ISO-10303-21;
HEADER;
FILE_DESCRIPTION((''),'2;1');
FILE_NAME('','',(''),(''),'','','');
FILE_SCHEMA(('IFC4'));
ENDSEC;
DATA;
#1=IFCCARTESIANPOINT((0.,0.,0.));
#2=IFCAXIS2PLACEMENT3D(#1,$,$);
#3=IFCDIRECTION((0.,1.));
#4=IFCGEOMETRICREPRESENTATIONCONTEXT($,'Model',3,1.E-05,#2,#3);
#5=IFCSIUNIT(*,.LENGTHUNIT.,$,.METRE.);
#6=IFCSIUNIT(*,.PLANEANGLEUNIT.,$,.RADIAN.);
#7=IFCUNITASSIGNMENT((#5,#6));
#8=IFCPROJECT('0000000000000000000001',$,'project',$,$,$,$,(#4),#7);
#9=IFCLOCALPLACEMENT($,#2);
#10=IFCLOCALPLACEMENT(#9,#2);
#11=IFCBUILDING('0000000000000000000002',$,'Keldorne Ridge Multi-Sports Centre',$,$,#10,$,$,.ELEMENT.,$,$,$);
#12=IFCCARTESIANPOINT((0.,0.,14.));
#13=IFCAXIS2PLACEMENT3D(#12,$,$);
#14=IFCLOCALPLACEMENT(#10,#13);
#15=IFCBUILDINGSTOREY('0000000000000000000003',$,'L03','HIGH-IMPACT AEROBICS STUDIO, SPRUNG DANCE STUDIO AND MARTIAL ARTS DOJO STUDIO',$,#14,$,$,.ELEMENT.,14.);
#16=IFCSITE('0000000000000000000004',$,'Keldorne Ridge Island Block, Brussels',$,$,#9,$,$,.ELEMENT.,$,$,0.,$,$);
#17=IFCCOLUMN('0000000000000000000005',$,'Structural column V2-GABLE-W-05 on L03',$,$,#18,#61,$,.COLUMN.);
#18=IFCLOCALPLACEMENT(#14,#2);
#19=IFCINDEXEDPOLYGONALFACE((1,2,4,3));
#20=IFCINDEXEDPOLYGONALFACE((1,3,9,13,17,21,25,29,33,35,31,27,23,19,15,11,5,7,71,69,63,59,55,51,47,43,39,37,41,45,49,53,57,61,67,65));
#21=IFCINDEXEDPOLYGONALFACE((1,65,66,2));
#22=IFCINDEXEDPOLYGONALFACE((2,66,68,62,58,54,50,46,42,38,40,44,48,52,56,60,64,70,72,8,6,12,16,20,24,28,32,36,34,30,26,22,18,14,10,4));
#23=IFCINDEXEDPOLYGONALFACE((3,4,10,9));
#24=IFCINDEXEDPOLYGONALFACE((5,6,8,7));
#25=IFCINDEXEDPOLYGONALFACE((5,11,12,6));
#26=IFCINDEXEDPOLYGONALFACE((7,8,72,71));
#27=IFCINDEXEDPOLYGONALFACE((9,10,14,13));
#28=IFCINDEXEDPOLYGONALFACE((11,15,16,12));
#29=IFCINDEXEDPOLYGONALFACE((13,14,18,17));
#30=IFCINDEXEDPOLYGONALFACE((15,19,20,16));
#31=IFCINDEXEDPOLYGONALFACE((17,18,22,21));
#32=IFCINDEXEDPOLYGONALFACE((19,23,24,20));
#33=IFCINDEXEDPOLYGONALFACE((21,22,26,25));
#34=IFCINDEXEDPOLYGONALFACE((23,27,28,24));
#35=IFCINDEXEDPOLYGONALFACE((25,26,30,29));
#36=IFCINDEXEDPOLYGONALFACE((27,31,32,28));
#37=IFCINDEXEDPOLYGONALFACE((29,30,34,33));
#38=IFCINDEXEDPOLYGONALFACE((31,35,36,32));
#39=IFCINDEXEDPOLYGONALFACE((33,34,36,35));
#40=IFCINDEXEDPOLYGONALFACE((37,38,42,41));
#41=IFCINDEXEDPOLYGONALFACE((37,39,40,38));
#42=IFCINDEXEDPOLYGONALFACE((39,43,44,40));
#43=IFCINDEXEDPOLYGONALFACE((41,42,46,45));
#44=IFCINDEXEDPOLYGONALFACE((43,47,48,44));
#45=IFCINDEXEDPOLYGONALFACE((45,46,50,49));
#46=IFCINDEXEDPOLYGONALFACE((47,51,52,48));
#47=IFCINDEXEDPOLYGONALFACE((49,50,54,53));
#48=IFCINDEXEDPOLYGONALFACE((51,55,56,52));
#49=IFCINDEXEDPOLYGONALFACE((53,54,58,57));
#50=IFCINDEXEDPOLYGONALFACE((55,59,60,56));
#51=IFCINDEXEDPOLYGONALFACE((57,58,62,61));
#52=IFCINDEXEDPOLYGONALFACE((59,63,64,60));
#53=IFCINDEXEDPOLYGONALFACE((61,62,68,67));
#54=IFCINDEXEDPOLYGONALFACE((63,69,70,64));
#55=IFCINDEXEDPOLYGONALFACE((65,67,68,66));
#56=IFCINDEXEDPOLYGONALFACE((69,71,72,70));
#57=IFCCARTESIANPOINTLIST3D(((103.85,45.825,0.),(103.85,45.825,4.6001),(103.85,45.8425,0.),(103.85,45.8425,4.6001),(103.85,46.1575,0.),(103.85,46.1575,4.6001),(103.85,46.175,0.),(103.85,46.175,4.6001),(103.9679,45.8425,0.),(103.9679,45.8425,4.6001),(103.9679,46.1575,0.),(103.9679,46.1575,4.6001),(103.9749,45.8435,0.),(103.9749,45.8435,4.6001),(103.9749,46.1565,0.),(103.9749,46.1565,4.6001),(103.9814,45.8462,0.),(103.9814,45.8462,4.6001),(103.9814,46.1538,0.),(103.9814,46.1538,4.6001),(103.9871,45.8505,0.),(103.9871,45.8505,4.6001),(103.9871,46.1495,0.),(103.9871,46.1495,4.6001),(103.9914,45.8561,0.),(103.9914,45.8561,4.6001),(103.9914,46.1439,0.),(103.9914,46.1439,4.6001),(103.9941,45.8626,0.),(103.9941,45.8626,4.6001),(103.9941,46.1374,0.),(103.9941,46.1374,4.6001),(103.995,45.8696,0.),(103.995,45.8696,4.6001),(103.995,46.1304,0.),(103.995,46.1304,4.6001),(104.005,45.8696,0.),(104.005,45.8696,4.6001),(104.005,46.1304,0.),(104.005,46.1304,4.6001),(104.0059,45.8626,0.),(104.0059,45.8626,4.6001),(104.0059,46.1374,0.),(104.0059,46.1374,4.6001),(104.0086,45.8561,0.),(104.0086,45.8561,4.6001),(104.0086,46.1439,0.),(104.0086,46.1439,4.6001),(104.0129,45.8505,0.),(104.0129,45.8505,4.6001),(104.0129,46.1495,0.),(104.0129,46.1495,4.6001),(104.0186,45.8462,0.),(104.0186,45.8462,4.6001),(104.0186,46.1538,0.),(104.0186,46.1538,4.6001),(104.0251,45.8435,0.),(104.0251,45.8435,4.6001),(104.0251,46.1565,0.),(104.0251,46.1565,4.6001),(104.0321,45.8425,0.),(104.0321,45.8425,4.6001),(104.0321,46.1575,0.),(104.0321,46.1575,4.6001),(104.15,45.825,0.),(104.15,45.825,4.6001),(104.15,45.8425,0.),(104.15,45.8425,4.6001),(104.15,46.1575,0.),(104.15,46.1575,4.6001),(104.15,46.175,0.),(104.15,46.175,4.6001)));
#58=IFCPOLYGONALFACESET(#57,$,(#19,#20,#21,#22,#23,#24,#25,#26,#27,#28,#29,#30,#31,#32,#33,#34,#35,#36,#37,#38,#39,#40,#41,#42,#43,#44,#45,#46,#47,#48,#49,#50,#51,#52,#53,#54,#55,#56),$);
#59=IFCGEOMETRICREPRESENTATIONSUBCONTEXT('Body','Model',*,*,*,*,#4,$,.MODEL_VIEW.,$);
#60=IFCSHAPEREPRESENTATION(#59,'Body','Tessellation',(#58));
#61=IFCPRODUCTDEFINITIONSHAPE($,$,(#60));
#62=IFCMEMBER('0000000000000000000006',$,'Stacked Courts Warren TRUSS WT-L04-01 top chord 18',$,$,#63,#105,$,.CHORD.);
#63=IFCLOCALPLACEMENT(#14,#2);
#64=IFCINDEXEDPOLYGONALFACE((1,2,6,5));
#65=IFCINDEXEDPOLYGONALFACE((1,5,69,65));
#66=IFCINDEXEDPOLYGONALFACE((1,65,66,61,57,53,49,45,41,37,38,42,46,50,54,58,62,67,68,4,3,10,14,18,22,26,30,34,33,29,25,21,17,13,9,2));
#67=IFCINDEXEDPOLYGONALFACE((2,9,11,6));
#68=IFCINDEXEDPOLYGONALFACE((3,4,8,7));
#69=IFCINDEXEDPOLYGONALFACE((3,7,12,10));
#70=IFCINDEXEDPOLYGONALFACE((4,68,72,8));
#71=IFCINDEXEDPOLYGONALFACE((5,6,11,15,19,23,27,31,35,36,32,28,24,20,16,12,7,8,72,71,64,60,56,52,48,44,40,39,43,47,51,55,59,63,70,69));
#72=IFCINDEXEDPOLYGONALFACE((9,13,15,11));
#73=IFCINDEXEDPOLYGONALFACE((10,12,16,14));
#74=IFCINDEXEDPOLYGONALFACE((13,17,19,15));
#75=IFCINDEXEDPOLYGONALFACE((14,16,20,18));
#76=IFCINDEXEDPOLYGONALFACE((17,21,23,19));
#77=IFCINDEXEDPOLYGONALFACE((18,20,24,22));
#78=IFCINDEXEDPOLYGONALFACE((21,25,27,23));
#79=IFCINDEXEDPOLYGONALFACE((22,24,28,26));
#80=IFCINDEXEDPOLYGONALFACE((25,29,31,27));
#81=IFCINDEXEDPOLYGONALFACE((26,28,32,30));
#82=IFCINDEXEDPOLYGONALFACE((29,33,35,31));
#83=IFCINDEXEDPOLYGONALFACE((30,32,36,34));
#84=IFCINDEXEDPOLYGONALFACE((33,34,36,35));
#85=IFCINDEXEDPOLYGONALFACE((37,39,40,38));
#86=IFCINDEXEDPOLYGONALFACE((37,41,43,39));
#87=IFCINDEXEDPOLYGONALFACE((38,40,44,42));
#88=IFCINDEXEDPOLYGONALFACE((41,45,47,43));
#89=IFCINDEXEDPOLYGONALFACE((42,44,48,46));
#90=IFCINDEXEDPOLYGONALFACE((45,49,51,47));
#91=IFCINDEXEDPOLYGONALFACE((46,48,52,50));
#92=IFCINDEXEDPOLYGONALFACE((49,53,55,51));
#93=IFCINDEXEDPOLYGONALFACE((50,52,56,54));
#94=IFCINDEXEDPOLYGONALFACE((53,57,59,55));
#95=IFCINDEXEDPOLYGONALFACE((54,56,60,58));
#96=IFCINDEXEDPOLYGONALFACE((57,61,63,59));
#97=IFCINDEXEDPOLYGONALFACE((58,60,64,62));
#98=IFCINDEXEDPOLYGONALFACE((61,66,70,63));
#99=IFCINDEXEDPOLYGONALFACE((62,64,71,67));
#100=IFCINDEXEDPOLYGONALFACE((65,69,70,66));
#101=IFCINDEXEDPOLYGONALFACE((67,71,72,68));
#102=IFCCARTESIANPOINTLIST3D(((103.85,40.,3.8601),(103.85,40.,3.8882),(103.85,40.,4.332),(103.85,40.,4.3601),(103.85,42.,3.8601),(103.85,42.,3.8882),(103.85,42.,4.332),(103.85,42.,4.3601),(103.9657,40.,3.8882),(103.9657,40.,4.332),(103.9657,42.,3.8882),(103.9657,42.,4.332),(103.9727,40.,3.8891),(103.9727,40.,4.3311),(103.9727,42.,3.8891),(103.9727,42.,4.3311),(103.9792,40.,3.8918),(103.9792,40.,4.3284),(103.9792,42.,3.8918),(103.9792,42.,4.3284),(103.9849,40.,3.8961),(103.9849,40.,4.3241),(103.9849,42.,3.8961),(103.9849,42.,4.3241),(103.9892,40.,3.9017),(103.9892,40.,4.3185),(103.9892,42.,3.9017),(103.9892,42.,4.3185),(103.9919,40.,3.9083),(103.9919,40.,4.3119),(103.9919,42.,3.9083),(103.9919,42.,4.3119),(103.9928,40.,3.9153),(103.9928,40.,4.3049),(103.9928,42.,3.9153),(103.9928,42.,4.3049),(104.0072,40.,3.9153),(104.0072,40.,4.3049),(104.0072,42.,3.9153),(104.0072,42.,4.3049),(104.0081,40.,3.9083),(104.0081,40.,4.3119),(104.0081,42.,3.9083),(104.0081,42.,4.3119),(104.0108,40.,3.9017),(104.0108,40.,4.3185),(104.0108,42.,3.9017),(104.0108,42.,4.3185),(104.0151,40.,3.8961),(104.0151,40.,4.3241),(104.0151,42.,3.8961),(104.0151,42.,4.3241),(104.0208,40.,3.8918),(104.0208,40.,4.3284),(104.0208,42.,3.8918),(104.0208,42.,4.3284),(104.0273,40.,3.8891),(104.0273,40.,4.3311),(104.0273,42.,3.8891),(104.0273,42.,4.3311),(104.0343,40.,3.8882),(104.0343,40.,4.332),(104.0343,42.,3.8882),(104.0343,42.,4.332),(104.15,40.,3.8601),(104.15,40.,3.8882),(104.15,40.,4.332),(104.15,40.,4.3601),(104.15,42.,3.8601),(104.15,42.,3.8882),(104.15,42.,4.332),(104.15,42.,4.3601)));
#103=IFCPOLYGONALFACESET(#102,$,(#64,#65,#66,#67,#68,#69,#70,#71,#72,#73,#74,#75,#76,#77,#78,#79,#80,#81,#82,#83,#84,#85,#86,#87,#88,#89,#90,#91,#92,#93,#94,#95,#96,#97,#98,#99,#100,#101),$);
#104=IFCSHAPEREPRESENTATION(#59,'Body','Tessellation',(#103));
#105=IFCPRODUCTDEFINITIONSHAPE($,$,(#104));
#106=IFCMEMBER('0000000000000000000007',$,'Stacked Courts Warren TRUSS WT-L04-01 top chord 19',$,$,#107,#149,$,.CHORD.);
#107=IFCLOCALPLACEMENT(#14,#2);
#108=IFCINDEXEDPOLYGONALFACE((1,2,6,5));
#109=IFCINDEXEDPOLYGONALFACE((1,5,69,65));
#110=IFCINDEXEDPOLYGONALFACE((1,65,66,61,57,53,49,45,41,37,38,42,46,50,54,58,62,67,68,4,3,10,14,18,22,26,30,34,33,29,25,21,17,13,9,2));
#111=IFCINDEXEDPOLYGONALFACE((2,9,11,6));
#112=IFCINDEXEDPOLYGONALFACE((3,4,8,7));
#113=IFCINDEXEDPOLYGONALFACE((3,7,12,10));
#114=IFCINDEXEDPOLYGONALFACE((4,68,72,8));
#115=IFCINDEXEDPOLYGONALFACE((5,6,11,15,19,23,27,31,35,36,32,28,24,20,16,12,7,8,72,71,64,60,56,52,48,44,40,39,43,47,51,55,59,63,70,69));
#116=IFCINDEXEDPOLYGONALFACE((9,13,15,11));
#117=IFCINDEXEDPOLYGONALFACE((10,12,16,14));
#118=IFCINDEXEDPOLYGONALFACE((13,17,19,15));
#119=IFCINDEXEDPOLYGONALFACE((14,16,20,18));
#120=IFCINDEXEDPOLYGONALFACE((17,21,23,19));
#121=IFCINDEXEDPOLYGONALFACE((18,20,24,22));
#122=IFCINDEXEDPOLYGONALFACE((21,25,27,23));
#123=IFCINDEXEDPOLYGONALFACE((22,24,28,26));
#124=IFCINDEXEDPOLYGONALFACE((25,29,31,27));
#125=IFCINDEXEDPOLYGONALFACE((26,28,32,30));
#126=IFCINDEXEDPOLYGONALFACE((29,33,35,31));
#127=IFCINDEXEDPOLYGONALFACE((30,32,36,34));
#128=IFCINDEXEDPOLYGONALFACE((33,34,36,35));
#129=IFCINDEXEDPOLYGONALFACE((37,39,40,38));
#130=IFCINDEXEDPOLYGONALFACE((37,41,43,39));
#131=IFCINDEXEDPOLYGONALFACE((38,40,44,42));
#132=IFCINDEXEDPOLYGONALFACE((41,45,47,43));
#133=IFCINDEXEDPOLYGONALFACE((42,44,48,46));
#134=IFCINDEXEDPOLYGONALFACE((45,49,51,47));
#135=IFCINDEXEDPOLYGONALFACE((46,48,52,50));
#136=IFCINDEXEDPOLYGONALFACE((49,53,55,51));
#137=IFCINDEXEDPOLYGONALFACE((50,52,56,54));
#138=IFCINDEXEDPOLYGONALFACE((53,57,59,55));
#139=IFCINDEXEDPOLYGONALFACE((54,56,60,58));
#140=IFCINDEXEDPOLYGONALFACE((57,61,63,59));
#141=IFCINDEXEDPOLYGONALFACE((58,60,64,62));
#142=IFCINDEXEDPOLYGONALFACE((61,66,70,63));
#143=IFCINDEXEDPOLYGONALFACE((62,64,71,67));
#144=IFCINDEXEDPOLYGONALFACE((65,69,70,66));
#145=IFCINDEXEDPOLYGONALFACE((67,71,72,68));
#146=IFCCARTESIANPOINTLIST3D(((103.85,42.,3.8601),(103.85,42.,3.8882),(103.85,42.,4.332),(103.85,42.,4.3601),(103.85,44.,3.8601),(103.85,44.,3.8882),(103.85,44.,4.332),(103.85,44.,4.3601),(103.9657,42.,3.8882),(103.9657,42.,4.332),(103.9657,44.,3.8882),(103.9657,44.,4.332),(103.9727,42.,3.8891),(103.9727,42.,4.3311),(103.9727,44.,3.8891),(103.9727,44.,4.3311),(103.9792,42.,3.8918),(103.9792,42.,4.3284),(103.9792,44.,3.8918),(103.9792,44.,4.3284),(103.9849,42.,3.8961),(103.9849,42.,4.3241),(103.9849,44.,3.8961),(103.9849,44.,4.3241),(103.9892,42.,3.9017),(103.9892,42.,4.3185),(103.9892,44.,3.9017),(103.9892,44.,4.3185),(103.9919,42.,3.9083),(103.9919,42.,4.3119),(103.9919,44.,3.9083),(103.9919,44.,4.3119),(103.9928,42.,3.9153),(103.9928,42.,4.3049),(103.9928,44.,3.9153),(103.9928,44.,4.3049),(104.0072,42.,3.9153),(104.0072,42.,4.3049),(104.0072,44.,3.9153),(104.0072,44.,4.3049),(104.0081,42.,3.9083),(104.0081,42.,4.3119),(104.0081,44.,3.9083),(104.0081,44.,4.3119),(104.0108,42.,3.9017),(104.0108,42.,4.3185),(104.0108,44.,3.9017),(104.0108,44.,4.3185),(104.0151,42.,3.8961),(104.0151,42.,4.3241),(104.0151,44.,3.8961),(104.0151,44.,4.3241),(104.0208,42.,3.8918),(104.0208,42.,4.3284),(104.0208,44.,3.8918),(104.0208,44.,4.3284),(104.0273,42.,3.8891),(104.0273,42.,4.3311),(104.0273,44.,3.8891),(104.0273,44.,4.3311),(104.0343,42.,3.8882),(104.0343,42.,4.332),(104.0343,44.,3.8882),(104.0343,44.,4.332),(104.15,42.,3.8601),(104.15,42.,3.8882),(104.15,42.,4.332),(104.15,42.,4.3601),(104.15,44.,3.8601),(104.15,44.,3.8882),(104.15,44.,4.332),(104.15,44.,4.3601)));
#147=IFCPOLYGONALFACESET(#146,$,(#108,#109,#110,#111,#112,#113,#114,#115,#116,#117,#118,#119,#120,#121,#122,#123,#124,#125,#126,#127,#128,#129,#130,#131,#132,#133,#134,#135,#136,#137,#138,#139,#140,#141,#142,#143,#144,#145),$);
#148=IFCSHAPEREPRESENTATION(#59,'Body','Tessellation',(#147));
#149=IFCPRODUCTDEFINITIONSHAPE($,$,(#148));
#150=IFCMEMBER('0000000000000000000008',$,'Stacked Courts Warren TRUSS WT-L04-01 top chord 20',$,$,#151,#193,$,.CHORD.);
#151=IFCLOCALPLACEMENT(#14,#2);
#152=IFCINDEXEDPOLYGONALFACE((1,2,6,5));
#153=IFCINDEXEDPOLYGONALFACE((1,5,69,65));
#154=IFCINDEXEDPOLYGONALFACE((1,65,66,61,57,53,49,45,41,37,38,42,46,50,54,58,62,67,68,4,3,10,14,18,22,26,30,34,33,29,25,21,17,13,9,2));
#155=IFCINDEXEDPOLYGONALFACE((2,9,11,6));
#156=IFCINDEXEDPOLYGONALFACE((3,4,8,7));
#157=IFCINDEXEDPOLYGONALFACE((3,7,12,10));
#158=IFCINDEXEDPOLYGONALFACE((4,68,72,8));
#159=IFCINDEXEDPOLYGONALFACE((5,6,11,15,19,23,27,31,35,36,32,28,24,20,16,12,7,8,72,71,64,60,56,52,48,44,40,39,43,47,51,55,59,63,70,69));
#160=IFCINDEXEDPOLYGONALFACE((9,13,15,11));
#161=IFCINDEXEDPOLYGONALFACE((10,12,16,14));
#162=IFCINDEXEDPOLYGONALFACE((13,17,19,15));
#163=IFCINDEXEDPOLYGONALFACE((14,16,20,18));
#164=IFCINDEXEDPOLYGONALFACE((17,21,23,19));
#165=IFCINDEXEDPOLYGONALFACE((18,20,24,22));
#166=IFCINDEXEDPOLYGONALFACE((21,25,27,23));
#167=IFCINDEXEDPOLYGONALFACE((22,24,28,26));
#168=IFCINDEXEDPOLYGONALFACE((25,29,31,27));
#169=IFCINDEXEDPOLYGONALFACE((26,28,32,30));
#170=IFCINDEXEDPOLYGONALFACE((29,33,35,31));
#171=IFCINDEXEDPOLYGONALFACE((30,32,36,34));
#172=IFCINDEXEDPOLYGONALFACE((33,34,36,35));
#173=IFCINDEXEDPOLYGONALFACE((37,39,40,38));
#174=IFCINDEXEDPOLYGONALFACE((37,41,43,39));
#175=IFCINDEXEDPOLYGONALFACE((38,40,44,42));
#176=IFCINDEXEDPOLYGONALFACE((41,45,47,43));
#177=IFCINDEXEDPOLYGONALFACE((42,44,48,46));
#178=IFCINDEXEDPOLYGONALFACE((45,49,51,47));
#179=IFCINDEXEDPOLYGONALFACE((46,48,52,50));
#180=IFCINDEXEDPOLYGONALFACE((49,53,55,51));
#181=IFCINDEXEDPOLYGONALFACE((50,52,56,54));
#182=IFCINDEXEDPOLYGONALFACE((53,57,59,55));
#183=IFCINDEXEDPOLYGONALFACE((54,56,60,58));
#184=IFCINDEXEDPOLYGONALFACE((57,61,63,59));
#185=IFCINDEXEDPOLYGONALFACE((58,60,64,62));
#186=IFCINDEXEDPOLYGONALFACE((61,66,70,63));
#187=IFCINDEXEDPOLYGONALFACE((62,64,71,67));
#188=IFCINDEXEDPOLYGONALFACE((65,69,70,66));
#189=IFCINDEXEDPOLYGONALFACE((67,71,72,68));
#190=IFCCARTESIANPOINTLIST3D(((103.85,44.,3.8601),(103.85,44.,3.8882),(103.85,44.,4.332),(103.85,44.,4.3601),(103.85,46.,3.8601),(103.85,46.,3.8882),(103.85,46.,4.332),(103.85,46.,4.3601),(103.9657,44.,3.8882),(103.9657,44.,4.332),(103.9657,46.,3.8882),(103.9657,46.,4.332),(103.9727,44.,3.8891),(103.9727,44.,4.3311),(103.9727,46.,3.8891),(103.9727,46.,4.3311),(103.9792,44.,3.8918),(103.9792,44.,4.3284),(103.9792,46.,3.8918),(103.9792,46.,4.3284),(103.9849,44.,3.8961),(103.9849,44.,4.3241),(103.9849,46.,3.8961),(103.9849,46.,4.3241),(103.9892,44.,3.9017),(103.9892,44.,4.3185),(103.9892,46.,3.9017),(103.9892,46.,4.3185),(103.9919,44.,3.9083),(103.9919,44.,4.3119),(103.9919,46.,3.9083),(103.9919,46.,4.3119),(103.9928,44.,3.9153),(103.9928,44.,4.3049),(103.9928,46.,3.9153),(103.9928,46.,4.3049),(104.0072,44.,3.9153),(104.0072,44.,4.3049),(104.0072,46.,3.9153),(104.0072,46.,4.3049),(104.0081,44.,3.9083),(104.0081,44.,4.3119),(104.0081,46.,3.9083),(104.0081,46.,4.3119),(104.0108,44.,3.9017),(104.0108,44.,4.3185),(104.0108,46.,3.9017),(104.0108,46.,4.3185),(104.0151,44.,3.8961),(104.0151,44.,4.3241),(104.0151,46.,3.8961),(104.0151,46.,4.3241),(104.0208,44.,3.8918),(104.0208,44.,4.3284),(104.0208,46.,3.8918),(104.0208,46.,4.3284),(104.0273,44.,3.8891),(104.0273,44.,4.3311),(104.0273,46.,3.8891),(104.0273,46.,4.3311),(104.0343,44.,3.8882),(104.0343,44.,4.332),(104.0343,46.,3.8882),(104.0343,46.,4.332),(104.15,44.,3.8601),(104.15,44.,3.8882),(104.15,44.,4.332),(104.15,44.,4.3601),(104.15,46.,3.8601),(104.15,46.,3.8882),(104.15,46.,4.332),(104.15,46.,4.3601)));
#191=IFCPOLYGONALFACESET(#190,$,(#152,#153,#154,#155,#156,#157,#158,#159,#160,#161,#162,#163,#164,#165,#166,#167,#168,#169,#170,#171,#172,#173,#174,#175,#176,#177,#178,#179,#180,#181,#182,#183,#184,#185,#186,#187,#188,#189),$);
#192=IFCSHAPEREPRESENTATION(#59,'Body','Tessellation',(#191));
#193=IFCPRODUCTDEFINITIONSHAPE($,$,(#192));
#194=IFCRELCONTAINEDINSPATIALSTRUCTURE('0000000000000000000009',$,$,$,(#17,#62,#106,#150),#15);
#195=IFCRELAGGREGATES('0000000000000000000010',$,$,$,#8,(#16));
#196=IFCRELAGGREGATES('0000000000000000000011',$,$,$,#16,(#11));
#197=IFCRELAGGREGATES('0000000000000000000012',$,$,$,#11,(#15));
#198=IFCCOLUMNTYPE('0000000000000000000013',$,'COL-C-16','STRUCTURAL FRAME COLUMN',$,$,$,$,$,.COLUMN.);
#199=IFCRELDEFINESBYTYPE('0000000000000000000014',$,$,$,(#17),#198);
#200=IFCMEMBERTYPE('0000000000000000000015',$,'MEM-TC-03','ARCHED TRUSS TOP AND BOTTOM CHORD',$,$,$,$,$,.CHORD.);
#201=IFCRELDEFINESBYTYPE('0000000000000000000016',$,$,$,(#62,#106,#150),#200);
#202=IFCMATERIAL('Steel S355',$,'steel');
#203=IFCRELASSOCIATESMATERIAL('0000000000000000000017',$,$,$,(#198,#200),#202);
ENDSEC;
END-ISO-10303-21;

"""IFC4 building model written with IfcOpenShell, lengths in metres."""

from ifc_helpers import new_model, si_unit, direction, frame, origin, origin_2d, place, context, subcontext, project, spatial, i_section, extrude, material, material_profile, profile_set, type_object, element, save


model = new_model("IFC4")

# Units and contexts
model_context = context("Model", 3, precision=1e-05, world=origin(), true_north=direction((0.0, 1.0)))
body_context = subcontext(model_context, "Body", "Model", "MODEL_VIEW")
ifc_project = project(units=[si_unit("LENGTHUNIT", "METRE"), si_unit("PLANEANGLEUNIT", "RADIAN")], contexts=[model_context])

# Site, building, storey
site_placement = place(None, origin())
site = spatial("IfcSite", under=ifc_project, at=site_placement, Name="Keldorne Ridge Island Block, Brussels", CompositionType="ELEMENT", RefElevation=0.0)
building_placement = place(site_placement, origin())
building = spatial("IfcBuilding", under=site, at=building_placement, Name="Keldorne Ridge Multi-Sports Centre", CompositionType="ELEMENT")
storey_placement = place(building_placement, frame((0.0, 0.0, 14.0)))
storey = spatial("IfcBuildingStorey", under=building, at=storey_placement, Name="L03", Description="HIGH-IMPACT AEROBICS STUDIO, SPRUNG DANCE STUDIO AND MARTIAL ARTS DOJO STUDIO", CompositionType="ELEMENT", Elevation=14.0)

# Column
ifc_material_1 = material(Name="Steel S355", Category="steel")
ifc_material_profile_1 = material_profile(ifc_material_1, i_section(OverallWidth=0.3, OverallDepth=0.3501, WebThickness=0.01, FlangeThickness=0.0176, FilletRadius=0.0271, at=origin_2d()), Name="HEA 360")
ifc_profile_set_1 = profile_set([ifc_material_profile_1], Name="Steel S355")
column_type = type_object("IfcColumnType", Name="COL-C-16", Description="STRUCTURAL FRAME COLUMN", PredefinedType="COLUMN", material=ifc_profile_set_1)
column_placement = place(storey_placement, frame((104.0, 46.0, 0.0), z_axis=(0.0, 0.0, 1.0), x_axis=(1.0, 0.0, 0.0)))
element("IfcColumn", 1, at=column_placement, inside=storey, type_object=column_type, Name="Structural column V2-GABLE-W-05 on L03", PredefinedType="COLUMN", context=body_context, shape_type="SweptSolid", body=[
    extrude(i_section(OverallWidth=0.3, OverallDepth=0.3501, WebThickness=0.01, FlangeThickness=0.0176, FilletRadius=0.0271, at=origin_2d()), origin(), (0.0, 0.0, 1.0), 4.6001),
])

# Members
ifc_material_profile_2 = material_profile(ifc_material_1, i_section(OverallWidth=0.3, OverallDepth=0.5, WebThickness=0.0144, FlangeThickness=0.0281, FilletRadius=0.0271, at=origin_2d()), Name="HEB 500")
ifc_profile_set_2 = profile_set([ifc_material_profile_2], Name="Steel S355")
member_type_1 = type_object("IfcMemberType", Name="MEM-TC-03", Description="ARCHED TRUSS TOP AND BOTTOM CHORD", PredefinedType="CHORD", material=ifc_profile_set_2)
for number, where, z_axis, x_axis, name in (
    (2, (104.0, 40.0, 4.1101), (0.0, 1.0, 0.0), (-1.0, 0.0, 0.0), "Stacked Courts Warren TRUSS WT-L04-01 top chord 18"),
    (3, (104.0, 42.0, 4.1101), (0.0, 1.0, 0.0), (-1.0, 0.0, 0.0), "Stacked Courts Warren TRUSS WT-L04-01 top chord 19"),
    (4, (104.0, 44.0, 4.1101), (0.0, 1.0, 0.0), (-1.0, 0.0, 0.0), "Stacked Courts Warren TRUSS WT-L04-01 top chord 20"),
):
    element("IfcMember", number, at=place(storey_placement, frame(where, z_axis=z_axis, x_axis=x_axis)), inside=storey, type_object=member_type_1, Name=name, PredefinedType="CHORD", context=body_context, shape_type="SweptSolid", body=[
        extrude(i_section(OverallWidth=0.3, OverallDepth=0.5, WebThickness=0.0144, FlangeThickness=0.0281, FilletRadius=0.0271, at=origin_2d()), origin(), (0.0, 0.0, 1.0), 2.0),
    ])

save(model, "model.ifc")
